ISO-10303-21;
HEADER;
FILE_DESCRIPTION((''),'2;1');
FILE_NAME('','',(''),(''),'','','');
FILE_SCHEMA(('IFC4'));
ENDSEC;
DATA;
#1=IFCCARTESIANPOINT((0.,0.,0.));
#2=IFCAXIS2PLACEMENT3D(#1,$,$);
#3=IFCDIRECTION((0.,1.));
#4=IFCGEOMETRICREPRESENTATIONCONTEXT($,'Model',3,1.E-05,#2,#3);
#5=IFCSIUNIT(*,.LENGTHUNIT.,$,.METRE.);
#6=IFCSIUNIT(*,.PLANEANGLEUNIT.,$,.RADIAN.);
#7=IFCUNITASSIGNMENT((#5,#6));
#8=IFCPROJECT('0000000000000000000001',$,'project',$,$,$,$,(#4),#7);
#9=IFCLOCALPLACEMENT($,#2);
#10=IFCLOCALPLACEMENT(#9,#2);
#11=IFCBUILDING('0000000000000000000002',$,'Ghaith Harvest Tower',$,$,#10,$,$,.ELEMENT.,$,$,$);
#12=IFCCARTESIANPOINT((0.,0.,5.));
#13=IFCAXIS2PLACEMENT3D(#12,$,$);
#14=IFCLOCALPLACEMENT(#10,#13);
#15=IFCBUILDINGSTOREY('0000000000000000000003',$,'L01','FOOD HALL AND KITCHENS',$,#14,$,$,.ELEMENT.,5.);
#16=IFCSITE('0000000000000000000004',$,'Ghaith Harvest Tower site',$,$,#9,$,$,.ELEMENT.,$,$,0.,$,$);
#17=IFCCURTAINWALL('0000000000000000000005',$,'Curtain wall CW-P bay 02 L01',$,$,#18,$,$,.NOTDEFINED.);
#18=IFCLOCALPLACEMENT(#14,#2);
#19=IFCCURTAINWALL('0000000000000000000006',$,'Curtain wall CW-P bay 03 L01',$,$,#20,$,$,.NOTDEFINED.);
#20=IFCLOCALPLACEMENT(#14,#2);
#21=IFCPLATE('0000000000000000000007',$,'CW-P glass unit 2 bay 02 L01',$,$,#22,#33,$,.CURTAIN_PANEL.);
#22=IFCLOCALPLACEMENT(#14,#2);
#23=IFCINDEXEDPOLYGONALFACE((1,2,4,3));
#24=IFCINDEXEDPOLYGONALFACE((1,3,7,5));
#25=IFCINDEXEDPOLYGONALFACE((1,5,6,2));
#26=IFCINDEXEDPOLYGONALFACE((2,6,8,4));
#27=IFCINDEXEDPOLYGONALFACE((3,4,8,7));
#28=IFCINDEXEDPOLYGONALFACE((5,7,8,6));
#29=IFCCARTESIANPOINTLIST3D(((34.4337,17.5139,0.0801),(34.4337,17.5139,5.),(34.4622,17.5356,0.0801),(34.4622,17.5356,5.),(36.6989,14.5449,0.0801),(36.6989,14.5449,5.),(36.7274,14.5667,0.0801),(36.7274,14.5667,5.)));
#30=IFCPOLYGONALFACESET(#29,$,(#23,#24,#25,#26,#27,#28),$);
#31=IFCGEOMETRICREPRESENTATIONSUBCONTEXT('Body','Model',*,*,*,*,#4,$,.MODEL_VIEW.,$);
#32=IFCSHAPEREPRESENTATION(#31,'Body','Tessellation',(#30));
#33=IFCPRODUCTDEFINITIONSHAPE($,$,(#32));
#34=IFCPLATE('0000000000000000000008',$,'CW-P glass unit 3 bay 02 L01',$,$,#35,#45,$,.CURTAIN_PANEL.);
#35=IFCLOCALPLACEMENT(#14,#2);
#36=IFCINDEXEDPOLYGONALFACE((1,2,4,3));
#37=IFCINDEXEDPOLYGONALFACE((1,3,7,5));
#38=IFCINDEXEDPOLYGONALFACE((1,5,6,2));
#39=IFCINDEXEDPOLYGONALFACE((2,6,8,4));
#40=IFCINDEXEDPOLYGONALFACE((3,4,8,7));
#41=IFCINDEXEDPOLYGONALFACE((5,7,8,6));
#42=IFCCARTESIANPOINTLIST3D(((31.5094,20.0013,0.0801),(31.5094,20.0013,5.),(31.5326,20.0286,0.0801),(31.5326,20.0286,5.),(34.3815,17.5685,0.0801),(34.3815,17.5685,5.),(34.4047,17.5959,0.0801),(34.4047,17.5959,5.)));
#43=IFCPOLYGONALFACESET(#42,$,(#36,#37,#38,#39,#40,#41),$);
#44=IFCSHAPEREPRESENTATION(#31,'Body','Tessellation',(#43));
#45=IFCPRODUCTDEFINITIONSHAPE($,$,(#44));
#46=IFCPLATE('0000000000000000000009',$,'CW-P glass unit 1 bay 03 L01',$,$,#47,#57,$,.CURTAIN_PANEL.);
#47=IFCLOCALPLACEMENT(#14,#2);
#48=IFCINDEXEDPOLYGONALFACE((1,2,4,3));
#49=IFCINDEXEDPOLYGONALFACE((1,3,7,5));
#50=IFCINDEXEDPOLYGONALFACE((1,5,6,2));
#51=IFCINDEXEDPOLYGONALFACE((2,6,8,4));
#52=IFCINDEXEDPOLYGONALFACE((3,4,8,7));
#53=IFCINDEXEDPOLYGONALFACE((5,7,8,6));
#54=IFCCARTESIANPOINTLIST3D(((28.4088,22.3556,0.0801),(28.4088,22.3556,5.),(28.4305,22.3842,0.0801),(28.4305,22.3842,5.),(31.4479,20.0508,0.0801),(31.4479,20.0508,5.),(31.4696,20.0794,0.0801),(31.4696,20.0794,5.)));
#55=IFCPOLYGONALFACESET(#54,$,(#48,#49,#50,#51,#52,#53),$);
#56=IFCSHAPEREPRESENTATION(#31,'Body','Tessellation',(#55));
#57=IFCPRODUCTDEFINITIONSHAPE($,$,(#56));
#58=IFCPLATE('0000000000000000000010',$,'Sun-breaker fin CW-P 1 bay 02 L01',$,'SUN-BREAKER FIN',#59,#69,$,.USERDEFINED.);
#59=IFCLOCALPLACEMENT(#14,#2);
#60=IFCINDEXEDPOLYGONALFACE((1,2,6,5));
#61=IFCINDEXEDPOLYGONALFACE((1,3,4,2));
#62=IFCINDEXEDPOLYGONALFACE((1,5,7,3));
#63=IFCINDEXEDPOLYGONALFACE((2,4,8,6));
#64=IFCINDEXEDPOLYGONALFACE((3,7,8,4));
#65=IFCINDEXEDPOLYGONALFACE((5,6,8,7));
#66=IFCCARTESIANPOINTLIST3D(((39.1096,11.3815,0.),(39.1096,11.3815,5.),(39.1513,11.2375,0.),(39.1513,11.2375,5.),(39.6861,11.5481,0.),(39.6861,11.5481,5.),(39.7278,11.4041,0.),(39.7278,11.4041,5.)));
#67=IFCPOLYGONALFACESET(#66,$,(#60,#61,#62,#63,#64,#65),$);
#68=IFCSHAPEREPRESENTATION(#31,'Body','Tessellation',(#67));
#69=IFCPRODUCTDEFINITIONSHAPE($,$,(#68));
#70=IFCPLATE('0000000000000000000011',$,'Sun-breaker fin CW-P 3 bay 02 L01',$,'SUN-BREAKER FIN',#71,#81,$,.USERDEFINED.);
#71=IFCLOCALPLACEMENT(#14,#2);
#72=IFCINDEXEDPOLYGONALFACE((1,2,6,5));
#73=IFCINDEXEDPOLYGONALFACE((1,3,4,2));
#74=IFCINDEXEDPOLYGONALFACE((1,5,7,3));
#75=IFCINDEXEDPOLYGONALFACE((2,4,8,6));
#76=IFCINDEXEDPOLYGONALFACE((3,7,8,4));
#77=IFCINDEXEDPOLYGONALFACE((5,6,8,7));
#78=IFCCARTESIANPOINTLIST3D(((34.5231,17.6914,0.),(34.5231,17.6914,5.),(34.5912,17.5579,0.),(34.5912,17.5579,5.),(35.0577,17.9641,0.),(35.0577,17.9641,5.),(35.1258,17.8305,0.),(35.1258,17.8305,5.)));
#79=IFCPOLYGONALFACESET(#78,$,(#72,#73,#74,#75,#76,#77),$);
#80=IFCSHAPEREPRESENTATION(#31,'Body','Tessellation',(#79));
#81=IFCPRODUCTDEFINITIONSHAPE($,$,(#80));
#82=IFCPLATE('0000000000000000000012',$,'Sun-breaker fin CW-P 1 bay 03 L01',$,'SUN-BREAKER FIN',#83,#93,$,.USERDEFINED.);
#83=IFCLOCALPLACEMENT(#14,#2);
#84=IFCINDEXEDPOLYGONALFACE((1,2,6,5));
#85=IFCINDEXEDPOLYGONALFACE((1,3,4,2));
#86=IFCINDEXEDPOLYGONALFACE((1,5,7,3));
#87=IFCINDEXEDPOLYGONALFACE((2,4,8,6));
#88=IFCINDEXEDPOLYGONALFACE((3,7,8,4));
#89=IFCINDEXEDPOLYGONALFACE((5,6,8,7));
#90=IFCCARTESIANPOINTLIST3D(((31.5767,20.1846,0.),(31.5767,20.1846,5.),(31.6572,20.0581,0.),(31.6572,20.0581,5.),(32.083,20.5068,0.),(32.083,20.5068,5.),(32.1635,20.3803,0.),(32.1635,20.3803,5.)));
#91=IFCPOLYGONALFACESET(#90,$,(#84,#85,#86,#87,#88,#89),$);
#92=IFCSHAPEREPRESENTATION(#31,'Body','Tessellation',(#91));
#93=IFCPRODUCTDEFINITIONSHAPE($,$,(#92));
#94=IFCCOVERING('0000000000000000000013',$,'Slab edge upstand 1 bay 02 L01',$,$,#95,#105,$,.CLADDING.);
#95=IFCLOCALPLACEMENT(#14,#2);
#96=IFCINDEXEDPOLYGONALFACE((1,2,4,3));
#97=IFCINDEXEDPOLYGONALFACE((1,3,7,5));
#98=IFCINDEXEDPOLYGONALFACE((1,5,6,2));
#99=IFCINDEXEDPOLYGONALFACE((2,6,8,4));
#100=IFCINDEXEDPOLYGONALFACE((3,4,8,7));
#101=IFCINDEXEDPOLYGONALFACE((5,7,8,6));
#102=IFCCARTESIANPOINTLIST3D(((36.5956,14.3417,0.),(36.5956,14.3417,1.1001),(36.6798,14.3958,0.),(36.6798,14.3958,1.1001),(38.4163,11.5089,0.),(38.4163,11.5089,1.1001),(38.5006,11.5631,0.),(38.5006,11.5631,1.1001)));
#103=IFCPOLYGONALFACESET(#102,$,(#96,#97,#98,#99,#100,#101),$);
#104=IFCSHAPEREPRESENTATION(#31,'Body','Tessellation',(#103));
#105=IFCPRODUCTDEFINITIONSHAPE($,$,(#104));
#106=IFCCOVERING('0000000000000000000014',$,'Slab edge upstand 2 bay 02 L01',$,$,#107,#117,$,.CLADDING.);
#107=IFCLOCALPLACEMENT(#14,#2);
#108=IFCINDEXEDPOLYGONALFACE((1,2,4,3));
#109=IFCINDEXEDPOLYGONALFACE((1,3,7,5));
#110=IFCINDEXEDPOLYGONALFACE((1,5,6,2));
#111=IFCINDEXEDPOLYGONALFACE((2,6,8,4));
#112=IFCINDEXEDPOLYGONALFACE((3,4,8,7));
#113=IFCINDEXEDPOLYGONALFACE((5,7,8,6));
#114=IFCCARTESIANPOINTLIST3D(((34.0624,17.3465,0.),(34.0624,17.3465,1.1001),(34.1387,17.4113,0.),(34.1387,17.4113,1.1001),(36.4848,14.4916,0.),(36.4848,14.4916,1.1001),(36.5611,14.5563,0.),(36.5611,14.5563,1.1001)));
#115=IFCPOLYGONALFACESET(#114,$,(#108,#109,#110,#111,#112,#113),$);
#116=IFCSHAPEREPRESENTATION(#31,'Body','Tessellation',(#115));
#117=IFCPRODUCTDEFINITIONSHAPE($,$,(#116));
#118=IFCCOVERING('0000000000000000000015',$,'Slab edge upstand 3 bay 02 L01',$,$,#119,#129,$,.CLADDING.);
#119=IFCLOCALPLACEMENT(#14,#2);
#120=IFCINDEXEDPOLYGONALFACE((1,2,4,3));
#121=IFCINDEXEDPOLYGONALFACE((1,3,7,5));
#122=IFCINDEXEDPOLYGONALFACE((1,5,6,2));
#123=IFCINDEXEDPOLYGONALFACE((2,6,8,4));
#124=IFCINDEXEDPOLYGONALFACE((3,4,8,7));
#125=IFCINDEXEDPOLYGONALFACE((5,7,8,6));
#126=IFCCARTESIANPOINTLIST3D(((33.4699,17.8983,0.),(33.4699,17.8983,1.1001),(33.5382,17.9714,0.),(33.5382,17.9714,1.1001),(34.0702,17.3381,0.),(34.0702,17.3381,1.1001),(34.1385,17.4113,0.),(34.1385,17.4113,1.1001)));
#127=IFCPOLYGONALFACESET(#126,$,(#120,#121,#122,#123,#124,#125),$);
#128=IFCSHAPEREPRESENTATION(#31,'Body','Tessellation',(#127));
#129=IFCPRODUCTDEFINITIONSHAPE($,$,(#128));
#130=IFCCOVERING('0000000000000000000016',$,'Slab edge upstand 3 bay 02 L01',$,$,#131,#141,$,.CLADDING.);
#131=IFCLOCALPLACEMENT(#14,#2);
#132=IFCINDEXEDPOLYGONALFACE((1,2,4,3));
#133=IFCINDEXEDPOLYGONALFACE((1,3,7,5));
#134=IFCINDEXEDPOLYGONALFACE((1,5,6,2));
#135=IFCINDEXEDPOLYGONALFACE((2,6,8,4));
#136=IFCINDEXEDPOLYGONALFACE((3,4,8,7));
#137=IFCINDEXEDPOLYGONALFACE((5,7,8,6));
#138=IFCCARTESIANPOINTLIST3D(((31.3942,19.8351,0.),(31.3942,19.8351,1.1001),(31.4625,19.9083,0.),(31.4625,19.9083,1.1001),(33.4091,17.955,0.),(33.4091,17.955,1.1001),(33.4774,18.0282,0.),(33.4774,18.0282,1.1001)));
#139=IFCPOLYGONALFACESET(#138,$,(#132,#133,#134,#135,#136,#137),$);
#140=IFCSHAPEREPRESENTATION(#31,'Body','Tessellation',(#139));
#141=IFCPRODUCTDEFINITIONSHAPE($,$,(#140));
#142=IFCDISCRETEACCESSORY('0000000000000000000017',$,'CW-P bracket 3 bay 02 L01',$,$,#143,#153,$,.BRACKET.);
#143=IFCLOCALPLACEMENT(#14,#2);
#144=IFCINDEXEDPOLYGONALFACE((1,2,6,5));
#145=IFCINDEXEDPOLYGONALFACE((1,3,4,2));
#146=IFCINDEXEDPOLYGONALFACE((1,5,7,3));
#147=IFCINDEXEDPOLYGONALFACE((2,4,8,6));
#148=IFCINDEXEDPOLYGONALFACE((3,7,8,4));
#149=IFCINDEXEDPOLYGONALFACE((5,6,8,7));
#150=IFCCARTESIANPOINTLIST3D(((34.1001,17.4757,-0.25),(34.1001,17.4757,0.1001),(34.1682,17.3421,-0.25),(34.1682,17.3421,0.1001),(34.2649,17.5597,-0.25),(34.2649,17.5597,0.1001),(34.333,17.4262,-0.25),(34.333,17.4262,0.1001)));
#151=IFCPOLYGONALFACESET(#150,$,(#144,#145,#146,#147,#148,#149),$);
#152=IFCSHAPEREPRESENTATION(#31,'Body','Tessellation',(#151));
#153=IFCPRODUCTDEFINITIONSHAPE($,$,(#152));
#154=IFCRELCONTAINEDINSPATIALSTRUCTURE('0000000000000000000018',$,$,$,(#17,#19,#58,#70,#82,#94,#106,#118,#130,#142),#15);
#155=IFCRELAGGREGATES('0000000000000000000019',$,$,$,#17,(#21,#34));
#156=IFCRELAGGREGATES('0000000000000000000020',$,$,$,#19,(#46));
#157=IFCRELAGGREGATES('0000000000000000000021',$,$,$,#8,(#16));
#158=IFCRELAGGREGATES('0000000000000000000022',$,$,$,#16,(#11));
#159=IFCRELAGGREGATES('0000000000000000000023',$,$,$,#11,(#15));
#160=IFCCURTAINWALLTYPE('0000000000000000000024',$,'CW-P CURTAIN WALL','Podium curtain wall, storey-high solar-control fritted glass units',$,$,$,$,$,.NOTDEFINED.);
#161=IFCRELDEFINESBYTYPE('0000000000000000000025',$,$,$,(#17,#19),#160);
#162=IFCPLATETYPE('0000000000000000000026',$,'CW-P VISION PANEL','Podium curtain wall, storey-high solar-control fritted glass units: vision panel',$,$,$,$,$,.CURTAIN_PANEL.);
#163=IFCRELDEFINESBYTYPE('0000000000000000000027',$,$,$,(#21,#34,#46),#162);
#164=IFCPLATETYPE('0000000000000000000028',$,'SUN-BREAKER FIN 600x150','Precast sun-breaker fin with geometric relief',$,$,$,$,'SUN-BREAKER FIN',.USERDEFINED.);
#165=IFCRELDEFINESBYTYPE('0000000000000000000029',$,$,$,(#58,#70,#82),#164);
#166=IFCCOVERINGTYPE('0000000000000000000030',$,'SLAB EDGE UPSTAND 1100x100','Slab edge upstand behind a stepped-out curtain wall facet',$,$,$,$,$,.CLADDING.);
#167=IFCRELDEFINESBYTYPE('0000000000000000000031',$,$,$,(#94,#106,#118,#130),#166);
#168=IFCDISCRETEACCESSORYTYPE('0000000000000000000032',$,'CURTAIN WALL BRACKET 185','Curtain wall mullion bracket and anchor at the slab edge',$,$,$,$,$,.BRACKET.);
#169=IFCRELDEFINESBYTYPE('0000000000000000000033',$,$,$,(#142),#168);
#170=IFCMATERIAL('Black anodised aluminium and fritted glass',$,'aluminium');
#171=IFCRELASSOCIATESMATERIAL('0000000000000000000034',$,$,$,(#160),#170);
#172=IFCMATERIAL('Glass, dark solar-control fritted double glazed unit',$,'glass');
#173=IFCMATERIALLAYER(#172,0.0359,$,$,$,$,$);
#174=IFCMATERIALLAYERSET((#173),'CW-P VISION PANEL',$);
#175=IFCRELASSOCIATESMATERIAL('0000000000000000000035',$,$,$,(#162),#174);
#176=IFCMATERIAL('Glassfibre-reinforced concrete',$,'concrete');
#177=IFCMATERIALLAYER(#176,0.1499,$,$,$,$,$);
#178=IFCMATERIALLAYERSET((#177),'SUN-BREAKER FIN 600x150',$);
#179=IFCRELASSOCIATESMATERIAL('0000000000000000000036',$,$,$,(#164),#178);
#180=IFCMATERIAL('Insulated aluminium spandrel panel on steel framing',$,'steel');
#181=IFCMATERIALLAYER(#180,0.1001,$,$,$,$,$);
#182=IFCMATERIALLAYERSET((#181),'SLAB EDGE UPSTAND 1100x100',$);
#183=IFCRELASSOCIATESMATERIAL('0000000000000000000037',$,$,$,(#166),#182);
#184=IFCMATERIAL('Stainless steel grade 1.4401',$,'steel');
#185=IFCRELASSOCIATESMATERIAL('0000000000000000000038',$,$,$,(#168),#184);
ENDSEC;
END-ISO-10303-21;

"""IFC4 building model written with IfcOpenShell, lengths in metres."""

from ifc_helpers import new_model, si_unit, direction, frame, origin, origin_2d, place, context, subcontext, project, spatial, rectangle, extrude, material, layer, layer_set, type_object, element, aggregate, save


model = new_model("IFC4")

# Units and contexts
model_context = context("Model", 3, precision=1e-05, world=origin(), true_north=direction((0.0, 1.0)))
body_context = subcontext(model_context, "Body", "Model", "MODEL_VIEW")
ifc_project = project(units=[si_unit("LENGTHUNIT", "METRE"), si_unit("PLANEANGLEUNIT", "RADIAN")], contexts=[model_context])

# Site, building, storey
site_placement = place(None, origin())
site = spatial("IfcSite", under=ifc_project, at=site_placement, Name="Ghaith Harvest Tower site", CompositionType="ELEMENT", RefElevation=0.0)
building_placement = place(site_placement, origin())
building = spatial("IfcBuilding", under=site, at=building_placement, Name="Ghaith Harvest Tower", CompositionType="ELEMENT")
storey_placement = place(building_placement, frame((0.0, 0.0, 5.0)))
storey = spatial("IfcBuildingStorey", under=building, at=storey_placement, Name="L01", Description="FOOD HALL AND KITCHENS", CompositionType="ELEMENT", Elevation=5.0)

# Curtain walls
ifc_material_1 = material(Name="Black anodised aluminium and fritted glass", Category="aluminium")
curtain_wall_type = type_object("IfcCurtainWallType", Name="CW-P CURTAIN WALL", Description="Podium curtain wall, storey-high solar-control fritted glass units", PredefinedType="NOTDEFINED", material=ifc_material_1)
curtain_wall_1_placement = place(storey_placement, origin())
curtain_wall_1 = element("IfcCurtainWall", 1, at=curtain_wall_1_placement, inside=storey, type_object=curtain_wall_type, Name="Curtain wall CW-P bay 02 L01", PredefinedType="NOTDEFINED")
curtain_wall_2_placement = place(storey_placement, origin())
curtain_wall_2 = element("IfcCurtainWall", 2, at=curtain_wall_2_placement, inside=storey, type_object=curtain_wall_type, Name="Curtain wall CW-P bay 03 L01", PredefinedType="NOTDEFINED")

# Plates
ifc_material_2 = material(Name="Glass, dark solar-control fritted double glazed unit", Category="glass")
ifc_layer_1 = layer(ifc_material_2, 0.0359)
ifc_layer_set_1 = layer_set([ifc_layer_1], Name="CW-P VISION PANEL")
plate_type_1 = type_object("IfcPlateType", Name="CW-P VISION PANEL", Description="Podium curtain wall, storey-high solar-control fritted glass units: vision panel", PredefinedType="CURTAIN_PANEL", material=ifc_layer_set_1)
plate_1_placement = place(storey_placement, frame((35.5806, 16.0403, 0.0801), z_axis=(0.0, 0.0, 1.0), x_axis=(-0.606572, 0.795028, 0.0)))
plate_1 = element("IfcPlate", 3, at=plate_1_placement, type_object=plate_type_1, Name="CW-P glass unit 2 bay 02 L01", PredefinedType="CURTAIN_PANEL", context=body_context, shape_type="SweptSolid", body=[
    extrude(rectangle(XDim=3.7344, YDim=0.0359, at=origin_2d()), origin(), (0.0, 0.0, 1.0), 4.9199),
])
plate_2_placement = place(storey_placement, frame((32.957, 18.7986, 0.0801), z_axis=(0.0, 0.0, 1.0), x_axis=(-0.763058, 0.64633, 0.0)))
plate_2 = element("IfcPlate", 4, at=plate_2_placement, type_object=plate_type_1, Name="CW-P glass unit 3 bay 02 L01", PredefinedType="CURTAIN_PANEL", context=body_context, shape_type="SweptSolid", body=[
    extrude(rectangle(XDim=3.7639, YDim=0.0359, at=origin_2d()), origin(), (0.0, 0.0, 1.0), 4.9199),
])
aggregate(curtain_wall_1, [plate_1, plate_2])
plate_3_placement = place(storey_placement, frame((29.9392, 21.2175, 0.0801), z_axis=(0.0, 0.0, 1.0), x_axis=(-0.796789, 0.604257, 0.0)))
plate_3 = element("IfcPlate", 5, at=plate_3_placement, type_object=plate_type_1, Name="CW-P glass unit 1 bay 03 L01", PredefinedType="CURTAIN_PANEL", context=body_context, shape_type="SweptSolid", body=[
    extrude(rectangle(XDim=3.8142, YDim=0.0359, at=origin_2d()), origin(), (0.0, 0.0, 1.0), 4.9199),
])
aggregate(curtain_wall_2, [plate_3])

# Plates
ifc_material_3 = material(Name="Glassfibre-reinforced concrete", Category="concrete")
ifc_layer_2 = layer(ifc_material_3, 0.1499)
ifc_layer_set_2 = layer_set([ifc_layer_2], Name="SUN-BREAKER FIN 600x150")
plate_type_2 = type_object("IfcPlateType", Name="SUN-BREAKER FIN 600x150", Description="Precast sun-breaker fin with geometric relief", ElementType="SUN-BREAKER FIN", PredefinedType="USERDEFINED", material=ifc_layer_set_2)
for number, where, z_axis, x_axis, name in (
    (6, (39.4187, 11.3928, 0.0), (0.0, 0.0, 1.0), (0.96068, 0.277657, 0.0), "Sun-breaker fin CW-P 1 bay 02 L01"),
    (7, (34.8245, 17.761, 0.0), (0.0, 0.0, 1.0), (0.890831, 0.454335, 0.0), "Sun-breaker fin CW-P 3 bay 02 L01"),
    (8, (31.8701, 20.2825, 0.0), (0.0, 0.0, 1.0), (0.843644, 0.536903, 0.0), "Sun-breaker fin CW-P 1 bay 03 L01"),
):
    element("IfcPlate", number, at=place(storey_placement, frame(where, z_axis=z_axis, x_axis=x_axis)), inside=storey, type_object=plate_type_2, Name=name, ObjectType="SUN-BREAKER FIN", PredefinedType="USERDEFINED", context=body_context, shape_type="SweptSolid", body=[
        extrude(rectangle(XDim=0.6001, YDim=0.1499, at=origin_2d()), origin(), (0.0, 0.0, 1.0), 5.0),
    ])

# Coverings
ifc_material_4 = material(Name="Insulated aluminium spandrel panel on steel framing", Category="steel")
ifc_layer_3 = layer(ifc_material_4, 0.1001)
ifc_layer_set_3 = layer_set([ifc_layer_3], Name="SLAB EDGE UPSTAND 1100x100")
covering_type = type_object("IfcCoveringType", Name="SLAB EDGE UPSTAND 1100x100", Description="Slab edge upstand behind a stepped-out curtain wall facet", PredefinedType="CLADDING", material=ifc_layer_set_3)
covering_1_placement = place(storey_placement, frame((37.5481, 12.9524, 0.0), z_axis=(0.0, 0.0, 1.0), x_axis=(-0.540682, 0.841227, 0.0)))
element("IfcCovering", 9, at=covering_1_placement, inside=storey, type_object=covering_type, Name="Slab edge upstand 1 bay 02 L01", PredefinedType="CLADDING", context=body_context, shape_type="SweptSolid", body=[
    extrude(rectangle(XDim=3.3674, YDim=0.1001, at=origin_2d()), origin(), (0.0, 0.0, 1.0), 1.1001),
])
covering_2_placement = place(storey_placement, frame((35.3118, 15.9514, 0.0), z_axis=(0.0, 0.0, 1.0), x_axis=(-0.646983, 0.762505, 0.0)))
element("IfcCovering", 10, at=covering_2_placement, inside=storey, type_object=covering_type, Name="Slab edge upstand 2 bay 02 L01", PredefinedType="CLADDING", context=body_context, shape_type="SweptSolid", body=[
    extrude(rectangle(XDim=3.7441, YDim=0.1001, at=origin_2d()), origin(), (0.0, 0.0, 1.0), 1.1001),
])
covering_3_placement = place(storey_placement, frame((33.8042, 17.6548, 0.0), z_axis=(0.0, 0.0, 1.0), x_axis=(-0.731137, 0.682231, 0.0)))
element("IfcCovering", 11, at=covering_3_placement, inside=storey, type_object=covering_type, Name="Slab edge upstand 3 bay 02 L01", PredefinedType="CLADDING", context=body_context, shape_type="SweptSolid", body=[
    extrude(rectangle(XDim=0.821, YDim=0.1001, at=origin_2d()), origin(), (0.0, 0.0, 1.0), 1.1001),
])
covering_4_placement = place(storey_placement, frame((32.4358, 18.9316, 0.0), z_axis=(0.0, 0.0, 1.0), x_axis=(-0.731137, 0.682231, 0.0)))
element("IfcCovering", 12, at=covering_4_placement, inside=storey, type_object=covering_type, Name="Slab edge upstand 3 bay 02 L01", PredefinedType="CLADDING", context=body_context, shape_type="SweptSolid", body=[
    extrude(rectangle(XDim=2.7559, YDim=0.1001, at=origin_2d()), origin(), (0.0, 0.0, 1.0), 1.1001),
])

# Discrete accessory
ifc_material_5 = material(Name="Stainless steel grade 1.4401", Category="steel")
discrete_accessory_type = type_object("IfcDiscreteAccessoryType", Name="CURTAIN WALL BRACKET 185", Description="Curtain wall mullion bracket and anchor at the slab edge", PredefinedType="BRACKET", material=ifc_material_5)
discrete_accessory_placement = place(storey_placement, frame((34.2166, 17.4509, -0.25), z_axis=(0.0, 0.0, 1.0), x_axis=(0.890831, 0.454335, 0.0)))
element("IfcDiscreteAccessory", 13, at=discrete_accessory_placement, inside=storey, type_object=discrete_accessory_type, Name="CW-P bracket 3 bay 02 L01", PredefinedType="BRACKET", context=body_context, shape_type="SweptSolid", body=[
    extrude(rectangle(XDim=0.1851, YDim=0.1499, at=origin_2d()), origin(), (0.0, 0.0, 1.0), 0.3501),
])

save(model, "model.ifc")
